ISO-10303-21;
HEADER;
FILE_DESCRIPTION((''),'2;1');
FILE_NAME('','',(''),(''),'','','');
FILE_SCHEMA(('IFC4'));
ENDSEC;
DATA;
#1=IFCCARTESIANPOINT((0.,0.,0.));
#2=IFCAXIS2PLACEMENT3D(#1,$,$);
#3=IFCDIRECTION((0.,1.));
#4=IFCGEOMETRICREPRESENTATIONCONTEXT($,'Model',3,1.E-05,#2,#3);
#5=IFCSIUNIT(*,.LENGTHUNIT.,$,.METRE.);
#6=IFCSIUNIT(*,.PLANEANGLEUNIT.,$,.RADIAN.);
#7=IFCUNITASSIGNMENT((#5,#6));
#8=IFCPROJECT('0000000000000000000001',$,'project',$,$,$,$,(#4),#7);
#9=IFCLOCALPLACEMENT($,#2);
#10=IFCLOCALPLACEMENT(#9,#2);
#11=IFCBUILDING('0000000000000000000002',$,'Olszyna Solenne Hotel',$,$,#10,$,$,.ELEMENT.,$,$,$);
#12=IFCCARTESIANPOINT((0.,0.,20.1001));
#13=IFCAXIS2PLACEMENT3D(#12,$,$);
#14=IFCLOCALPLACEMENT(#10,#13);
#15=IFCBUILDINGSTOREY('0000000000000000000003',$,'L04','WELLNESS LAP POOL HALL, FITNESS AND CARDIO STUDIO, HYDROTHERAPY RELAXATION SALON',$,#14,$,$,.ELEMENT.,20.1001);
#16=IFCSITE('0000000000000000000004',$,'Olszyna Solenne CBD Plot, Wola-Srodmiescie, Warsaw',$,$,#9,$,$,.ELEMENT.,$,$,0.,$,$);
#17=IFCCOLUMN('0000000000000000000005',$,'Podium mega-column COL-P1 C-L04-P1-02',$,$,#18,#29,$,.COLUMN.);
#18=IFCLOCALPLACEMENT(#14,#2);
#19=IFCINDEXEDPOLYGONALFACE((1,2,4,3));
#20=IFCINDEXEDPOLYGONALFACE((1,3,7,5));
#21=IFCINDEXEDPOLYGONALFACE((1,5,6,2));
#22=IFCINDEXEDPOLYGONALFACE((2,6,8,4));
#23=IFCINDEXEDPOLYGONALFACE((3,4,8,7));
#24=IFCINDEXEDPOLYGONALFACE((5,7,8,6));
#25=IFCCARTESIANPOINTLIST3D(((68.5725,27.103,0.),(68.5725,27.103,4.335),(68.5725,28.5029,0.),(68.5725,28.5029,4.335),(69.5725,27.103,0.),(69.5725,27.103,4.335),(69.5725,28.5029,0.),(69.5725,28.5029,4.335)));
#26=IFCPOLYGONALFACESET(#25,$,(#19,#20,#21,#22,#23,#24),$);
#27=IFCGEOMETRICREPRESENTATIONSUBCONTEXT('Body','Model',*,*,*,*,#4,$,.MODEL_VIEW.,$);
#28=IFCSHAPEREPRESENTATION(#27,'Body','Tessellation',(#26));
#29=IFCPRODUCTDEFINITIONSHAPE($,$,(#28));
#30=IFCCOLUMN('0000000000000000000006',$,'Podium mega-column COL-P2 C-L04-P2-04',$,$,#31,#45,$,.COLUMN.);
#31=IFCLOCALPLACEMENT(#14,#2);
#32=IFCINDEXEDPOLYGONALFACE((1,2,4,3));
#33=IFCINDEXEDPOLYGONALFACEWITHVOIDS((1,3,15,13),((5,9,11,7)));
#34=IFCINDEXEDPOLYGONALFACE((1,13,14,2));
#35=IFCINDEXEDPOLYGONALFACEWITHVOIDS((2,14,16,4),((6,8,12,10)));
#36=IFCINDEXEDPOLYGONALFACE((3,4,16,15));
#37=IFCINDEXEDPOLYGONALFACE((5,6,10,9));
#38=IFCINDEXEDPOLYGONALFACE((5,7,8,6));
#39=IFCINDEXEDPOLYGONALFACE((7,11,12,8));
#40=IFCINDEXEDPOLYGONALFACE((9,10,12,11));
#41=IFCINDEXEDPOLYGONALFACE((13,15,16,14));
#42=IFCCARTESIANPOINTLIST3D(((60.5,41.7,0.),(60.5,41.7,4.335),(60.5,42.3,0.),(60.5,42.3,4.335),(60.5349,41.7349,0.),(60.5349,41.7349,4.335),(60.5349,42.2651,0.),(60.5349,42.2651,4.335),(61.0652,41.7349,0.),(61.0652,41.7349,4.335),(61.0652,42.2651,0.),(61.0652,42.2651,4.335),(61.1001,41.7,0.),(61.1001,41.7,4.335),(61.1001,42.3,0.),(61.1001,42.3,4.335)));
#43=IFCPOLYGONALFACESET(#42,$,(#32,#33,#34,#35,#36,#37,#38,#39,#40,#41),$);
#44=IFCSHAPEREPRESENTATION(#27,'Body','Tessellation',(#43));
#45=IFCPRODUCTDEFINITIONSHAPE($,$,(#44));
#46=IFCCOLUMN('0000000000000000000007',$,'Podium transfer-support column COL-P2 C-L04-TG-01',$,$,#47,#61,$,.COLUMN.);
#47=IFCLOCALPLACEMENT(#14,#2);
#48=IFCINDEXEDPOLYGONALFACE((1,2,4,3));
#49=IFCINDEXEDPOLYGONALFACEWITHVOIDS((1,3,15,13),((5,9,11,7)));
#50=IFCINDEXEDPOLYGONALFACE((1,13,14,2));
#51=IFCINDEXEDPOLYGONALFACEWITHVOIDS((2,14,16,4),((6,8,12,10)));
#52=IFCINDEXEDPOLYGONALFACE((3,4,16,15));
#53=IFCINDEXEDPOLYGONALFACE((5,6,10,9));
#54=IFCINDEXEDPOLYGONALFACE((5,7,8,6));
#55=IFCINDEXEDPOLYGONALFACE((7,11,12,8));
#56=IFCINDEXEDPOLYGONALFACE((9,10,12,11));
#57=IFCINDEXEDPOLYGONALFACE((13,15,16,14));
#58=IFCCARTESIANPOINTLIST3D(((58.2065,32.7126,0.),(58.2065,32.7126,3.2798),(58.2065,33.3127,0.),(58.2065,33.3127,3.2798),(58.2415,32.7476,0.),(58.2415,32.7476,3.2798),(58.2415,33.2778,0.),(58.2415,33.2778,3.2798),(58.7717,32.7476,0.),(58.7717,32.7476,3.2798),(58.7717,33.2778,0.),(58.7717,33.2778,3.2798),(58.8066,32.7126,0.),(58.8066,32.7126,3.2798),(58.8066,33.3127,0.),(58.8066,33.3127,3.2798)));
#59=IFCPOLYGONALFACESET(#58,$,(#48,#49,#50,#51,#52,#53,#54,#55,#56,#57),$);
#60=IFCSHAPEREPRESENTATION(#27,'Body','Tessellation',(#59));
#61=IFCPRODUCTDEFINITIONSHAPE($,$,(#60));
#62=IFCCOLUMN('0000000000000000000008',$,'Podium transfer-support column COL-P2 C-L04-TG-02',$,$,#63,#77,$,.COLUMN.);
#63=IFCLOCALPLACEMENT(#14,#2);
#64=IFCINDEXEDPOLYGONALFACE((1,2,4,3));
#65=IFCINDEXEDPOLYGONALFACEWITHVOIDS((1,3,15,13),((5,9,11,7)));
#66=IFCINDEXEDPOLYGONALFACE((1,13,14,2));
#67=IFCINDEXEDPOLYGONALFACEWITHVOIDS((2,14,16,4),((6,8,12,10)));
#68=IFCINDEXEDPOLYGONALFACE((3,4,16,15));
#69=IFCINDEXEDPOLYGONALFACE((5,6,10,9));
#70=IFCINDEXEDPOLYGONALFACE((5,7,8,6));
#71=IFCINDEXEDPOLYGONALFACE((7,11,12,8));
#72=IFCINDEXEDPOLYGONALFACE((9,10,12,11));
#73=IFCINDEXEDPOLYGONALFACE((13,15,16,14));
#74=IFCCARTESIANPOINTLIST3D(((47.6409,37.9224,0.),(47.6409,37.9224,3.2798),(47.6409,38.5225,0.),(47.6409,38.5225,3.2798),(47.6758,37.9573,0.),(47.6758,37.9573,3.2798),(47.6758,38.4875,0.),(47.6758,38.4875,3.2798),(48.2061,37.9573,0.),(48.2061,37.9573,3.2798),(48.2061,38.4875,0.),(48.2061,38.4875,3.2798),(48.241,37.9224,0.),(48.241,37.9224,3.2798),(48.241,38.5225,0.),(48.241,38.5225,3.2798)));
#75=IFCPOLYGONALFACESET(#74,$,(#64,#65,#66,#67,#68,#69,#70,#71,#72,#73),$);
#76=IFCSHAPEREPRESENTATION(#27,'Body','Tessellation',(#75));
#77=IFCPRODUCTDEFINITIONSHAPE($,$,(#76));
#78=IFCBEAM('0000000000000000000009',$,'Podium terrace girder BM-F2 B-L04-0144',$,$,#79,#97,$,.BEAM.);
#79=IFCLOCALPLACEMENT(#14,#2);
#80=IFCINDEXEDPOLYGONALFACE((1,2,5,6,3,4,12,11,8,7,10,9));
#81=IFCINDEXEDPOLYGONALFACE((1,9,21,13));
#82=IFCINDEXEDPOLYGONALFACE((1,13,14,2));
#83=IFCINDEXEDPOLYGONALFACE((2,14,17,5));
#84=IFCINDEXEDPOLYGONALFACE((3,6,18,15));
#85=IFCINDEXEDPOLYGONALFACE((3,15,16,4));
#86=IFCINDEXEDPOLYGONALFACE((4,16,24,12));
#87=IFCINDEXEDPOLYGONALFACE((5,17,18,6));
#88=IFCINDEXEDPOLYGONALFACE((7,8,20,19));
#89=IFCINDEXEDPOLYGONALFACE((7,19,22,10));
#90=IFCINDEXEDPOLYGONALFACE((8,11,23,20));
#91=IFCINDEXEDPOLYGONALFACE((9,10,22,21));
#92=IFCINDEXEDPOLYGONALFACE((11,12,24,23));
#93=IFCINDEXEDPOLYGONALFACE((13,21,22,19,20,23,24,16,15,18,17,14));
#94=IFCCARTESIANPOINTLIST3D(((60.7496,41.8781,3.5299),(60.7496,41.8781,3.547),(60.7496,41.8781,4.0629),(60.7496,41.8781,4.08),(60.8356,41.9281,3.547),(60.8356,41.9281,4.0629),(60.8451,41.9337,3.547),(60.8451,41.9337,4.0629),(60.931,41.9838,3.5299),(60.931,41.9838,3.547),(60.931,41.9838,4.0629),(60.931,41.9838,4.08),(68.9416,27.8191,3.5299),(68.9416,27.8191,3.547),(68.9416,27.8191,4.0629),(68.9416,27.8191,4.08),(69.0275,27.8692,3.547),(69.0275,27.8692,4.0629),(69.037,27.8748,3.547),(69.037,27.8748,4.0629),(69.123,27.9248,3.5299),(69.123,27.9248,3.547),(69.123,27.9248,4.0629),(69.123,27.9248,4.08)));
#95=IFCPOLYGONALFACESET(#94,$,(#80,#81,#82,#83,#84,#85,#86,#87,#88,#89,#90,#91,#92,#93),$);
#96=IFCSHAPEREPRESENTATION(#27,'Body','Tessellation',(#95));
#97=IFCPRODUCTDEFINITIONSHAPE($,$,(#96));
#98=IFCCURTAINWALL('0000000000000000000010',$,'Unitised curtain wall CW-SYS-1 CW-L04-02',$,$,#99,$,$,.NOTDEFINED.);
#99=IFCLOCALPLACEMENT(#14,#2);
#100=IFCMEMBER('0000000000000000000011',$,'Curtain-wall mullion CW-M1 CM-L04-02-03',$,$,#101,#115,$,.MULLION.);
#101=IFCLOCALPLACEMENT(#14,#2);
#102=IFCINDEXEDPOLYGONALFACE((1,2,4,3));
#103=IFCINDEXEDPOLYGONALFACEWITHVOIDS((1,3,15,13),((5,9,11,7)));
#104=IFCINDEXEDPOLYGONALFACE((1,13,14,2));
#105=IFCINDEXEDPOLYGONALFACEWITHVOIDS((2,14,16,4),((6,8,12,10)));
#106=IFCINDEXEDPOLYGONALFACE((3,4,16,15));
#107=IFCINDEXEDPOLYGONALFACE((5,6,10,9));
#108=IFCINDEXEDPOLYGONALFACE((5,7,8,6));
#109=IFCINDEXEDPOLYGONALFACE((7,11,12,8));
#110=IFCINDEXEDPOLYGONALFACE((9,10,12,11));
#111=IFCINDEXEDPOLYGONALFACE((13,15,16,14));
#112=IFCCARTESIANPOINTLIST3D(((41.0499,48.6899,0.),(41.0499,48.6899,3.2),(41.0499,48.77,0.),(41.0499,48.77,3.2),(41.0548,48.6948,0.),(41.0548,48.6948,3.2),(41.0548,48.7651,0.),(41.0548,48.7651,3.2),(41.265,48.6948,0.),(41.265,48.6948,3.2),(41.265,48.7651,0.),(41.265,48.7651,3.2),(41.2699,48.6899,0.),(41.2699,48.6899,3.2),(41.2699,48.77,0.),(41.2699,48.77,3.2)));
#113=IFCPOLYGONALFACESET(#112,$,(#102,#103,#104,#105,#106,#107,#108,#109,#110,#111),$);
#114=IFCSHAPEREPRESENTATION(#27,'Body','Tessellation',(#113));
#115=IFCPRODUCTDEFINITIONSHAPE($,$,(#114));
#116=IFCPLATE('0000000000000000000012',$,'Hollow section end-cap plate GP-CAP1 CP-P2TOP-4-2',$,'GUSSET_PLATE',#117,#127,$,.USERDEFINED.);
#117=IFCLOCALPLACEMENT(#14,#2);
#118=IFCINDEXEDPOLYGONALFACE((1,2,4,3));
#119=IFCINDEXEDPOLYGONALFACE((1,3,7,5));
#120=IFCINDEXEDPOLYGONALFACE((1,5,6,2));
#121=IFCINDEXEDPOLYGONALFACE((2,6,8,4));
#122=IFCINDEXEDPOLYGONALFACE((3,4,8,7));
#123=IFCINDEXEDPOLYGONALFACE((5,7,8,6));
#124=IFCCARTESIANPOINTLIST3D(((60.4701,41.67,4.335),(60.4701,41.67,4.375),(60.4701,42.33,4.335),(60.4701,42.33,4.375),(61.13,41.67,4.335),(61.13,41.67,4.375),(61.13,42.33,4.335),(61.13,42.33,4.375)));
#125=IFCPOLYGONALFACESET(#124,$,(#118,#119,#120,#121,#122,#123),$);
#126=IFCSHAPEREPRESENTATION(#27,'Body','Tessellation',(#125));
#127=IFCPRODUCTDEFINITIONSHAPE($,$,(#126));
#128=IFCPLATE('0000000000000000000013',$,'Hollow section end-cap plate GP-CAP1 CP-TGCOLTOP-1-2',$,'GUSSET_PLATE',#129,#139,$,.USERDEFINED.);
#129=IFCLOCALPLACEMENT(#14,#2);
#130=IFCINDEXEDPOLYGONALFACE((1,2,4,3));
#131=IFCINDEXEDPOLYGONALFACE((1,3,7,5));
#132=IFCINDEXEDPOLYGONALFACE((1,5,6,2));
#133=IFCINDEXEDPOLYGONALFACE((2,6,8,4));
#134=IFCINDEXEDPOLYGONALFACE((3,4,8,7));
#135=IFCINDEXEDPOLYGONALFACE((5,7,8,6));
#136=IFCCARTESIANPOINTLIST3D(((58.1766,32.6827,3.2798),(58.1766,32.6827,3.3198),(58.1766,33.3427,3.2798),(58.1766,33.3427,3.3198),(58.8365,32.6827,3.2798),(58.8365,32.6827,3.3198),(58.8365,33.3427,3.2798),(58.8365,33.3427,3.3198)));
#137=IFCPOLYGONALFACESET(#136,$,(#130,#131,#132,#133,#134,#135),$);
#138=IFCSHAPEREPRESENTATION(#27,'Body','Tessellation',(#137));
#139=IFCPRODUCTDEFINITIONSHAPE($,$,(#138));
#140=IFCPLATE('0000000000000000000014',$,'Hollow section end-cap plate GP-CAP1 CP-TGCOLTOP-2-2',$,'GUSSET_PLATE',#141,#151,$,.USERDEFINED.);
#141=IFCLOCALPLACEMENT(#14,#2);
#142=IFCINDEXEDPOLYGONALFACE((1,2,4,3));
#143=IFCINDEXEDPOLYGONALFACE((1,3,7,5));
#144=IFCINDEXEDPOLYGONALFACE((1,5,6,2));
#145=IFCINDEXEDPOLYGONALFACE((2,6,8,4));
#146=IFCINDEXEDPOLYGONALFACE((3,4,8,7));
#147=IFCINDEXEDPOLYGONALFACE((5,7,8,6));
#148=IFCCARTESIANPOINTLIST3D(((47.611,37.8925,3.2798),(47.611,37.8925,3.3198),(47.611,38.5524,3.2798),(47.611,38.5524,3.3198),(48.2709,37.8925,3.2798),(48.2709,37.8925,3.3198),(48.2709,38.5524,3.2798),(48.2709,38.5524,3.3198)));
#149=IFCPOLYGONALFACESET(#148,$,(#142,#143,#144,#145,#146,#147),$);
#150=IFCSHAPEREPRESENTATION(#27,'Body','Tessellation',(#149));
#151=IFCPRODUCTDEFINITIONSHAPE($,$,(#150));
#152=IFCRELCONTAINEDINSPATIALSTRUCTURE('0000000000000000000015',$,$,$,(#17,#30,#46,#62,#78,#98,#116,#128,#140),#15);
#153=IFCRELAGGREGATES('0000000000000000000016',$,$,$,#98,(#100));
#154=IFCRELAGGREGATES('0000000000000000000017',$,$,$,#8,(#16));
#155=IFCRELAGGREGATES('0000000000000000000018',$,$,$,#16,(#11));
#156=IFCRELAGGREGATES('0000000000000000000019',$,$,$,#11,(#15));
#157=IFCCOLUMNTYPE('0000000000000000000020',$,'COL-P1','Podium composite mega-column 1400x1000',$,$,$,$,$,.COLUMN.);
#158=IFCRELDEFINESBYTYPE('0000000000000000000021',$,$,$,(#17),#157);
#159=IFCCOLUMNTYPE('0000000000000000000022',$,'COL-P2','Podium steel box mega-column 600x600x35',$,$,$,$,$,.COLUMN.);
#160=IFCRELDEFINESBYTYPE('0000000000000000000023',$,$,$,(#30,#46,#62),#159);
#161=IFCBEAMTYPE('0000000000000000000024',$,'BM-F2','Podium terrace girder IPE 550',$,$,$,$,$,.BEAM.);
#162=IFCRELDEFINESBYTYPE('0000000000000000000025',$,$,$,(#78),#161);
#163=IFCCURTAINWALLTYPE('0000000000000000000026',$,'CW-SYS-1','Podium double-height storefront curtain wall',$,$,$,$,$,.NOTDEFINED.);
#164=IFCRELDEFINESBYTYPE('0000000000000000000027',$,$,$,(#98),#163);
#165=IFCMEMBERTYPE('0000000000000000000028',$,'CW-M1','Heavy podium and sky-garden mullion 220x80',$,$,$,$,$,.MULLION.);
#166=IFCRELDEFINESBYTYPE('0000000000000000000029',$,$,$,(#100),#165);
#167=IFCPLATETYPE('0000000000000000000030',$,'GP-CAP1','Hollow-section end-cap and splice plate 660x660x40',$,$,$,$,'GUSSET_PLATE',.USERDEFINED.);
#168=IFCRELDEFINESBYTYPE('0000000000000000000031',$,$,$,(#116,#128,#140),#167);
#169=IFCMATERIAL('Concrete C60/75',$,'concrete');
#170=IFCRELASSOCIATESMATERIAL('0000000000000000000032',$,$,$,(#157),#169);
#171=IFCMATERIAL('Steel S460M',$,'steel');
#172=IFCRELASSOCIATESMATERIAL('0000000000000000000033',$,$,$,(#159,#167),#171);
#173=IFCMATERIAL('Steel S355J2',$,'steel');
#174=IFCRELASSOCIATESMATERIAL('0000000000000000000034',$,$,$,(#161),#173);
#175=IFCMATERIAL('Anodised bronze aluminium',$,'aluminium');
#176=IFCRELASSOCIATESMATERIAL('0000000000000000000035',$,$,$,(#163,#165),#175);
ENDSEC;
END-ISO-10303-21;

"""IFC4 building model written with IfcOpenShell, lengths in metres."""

from ifc_helpers import new_model, si_unit, direction, frame, origin, origin_2d, place, context, subcontext, project, spatial, rectangle, hollow_rectangle, i_section, extrude, source, transform, mapped, material, material_profile, profile_set, type_object, element, aggregate, save


model = new_model("IFC4")

# Units and contexts
model_context = context("Model", 3, precision=1e-05, world=origin(), true_north=direction((0.0, 1.0)))
body_context = subcontext(model_context, "Body", "Model", "MODEL_VIEW")
ifc_project = project(units=[si_unit("LENGTHUNIT", "METRE"), si_unit("PLANEANGLEUNIT", "RADIAN")], contexts=[model_context])

# Site, building, storey
site_placement = place(None, origin())
site = spatial("IfcSite", under=ifc_project, at=site_placement, Name="Olszyna Solenne CBD Plot, Wola-Srodmiescie, Warsaw", CompositionType="ELEMENT", RefElevation=0.0)
building_placement = place(site_placement, origin())
building = spatial("IfcBuilding", under=site, at=building_placement, Name="Olszyna Solenne Hotel", CompositionType="ELEMENT")
storey_placement = place(building_placement, frame((0.0, 0.0, 20.1001)))
storey = spatial("IfcBuildingStorey", under=building, at=storey_placement, Name="L04", Description="WELLNESS LAP POOL HALL, FITNESS AND CARDIO STUDIO, HYDROTHERAPY RELAXATION SALON", CompositionType="ELEMENT", Elevation=20.1001)

# Columns
ifc_material_1 = material(Name="Concrete C60/75", Category="concrete")
ifc_material_profile_1 = material_profile(ifc_material_1, rectangle(XDim=1.0, YDim=1.3999, at=origin_2d()), Name="RC 1400x1000", Category="load-bearing")
ifc_profile_set_1 = profile_set([ifc_material_profile_1], Name="Concrete C60/75")
column_type_1 = type_object("IfcColumnType", Name="COL-P1", Description="Podium composite mega-column 1400x1000", PredefinedType="COLUMN", material=ifc_profile_set_1)
shared_shape_1 = source(origin(), body_context, "Body", "SweptSolid", [
    extrude(rectangle(XDim=1.0, YDim=1.3999, at=origin_2d()), origin(), (0.0, 0.0, 1.0), 4.335),
])
column_1_placement = place(storey_placement, frame((69.0725, 27.803, 0.0), z_axis=(0.0, 0.0, 1.0), x_axis=(1.0, 0.0, 0.0)))
element("IfcColumn", 1, at=column_1_placement, inside=storey, type_object=column_type_1, Name="Podium mega-column COL-P1 C-L04-P1-02", PredefinedType="COLUMN", context=body_context, shape_type="MappedRepresentation", body=[
    mapped(shared_shape_1, transform((0.0, 0.0, 0.0), x_axis=(1.0, 0.0, 0.0), y_axis=(0.0, 1.0, 0.0), z_axis=(0.0, 0.0, 1.0), scale=1.0)),
])
ifc_material_2 = material(Name="Steel S460M", Category="steel")
ifc_material_profile_2 = material_profile(ifc_material_2, hollow_rectangle(XDim=0.6001, YDim=0.6001, WallThickness=0.0349, at=origin_2d()), Name="SHS 600x600x35", Category="load-bearing")
ifc_profile_set_2 = profile_set([ifc_material_profile_2], Name="Steel S460M")
column_type_2 = type_object("IfcColumnType", Name="COL-P2", Description="Podium steel box mega-column 600x600x35", PredefinedType="COLUMN", material=ifc_profile_set_2)
shared_shape_2 = source(origin(), body_context, "Body", "SweptSolid", [
    extrude(hollow_rectangle(XDim=0.6001, YDim=0.6001, WallThickness=0.0349, at=origin_2d()), origin(), (0.0, 0.0, 1.0), 4.335),
])
column_2_placement = place(storey_placement, frame((60.8, 42.0, 0.0), z_axis=(0.0, 0.0, 1.0), x_axis=(1.0, 0.0, 0.0)))
element("IfcColumn", 2, at=column_2_placement, inside=storey, type_object=column_type_2, Name="Podium mega-column COL-P2 C-L04-P2-04", PredefinedType="COLUMN", context=body_context, shape_type="MappedRepresentation", body=[
    mapped(shared_shape_2, transform((0.0, 0.0, 0.0), x_axis=(1.0, 0.0, 0.0), y_axis=(0.0, 1.0, 0.0), z_axis=(0.0, 0.0, 1.0), scale=1.0)),
])
shared_shape_3 = source(origin(), body_context, "Body", "SweptSolid", [
    extrude(hollow_rectangle(XDim=0.6001, YDim=0.6001, WallThickness=0.0349, at=origin_2d()), origin(), (0.0, 0.0, 1.0), 3.2798),
])
for number, where, z_axis, x_axis, name in (
    (3, (58.5066, 33.0127, 0.0), (0.0, 0.0, 1.0), (1.0, 0.0, 0.0), "Podium transfer-support column COL-P2 C-L04-TG-01"),
    (4, (47.9409, 38.2224, 0.0), (0.0, 0.0, 1.0), (1.0, 0.0, 0.0), "Podium transfer-support column COL-P2 C-L04-TG-02"),
):
    element("IfcColumn", number, at=place(storey_placement, frame(where, z_axis=z_axis, x_axis=x_axis)), inside=storey, type_object=column_type_2, Name=name, PredefinedType="COLUMN", context=body_context, shape_type="MappedRepresentation", body=[
        mapped(shared_shape_3, transform((0.0, 0.0, 0.0), x_axis=(1.0, 0.0, 0.0), y_axis=(0.0, 1.0, 0.0), z_axis=(0.0, 0.0, 1.0), scale=1.0)),
    ])

# Beam
ifc_material_3 = material(Name="Steel S355J2", Category="steel")
ifc_material_profile_3 = material_profile(ifc_material_3, i_section(OverallWidth=0.21, OverallDepth=0.55, WebThickness=0.011, FlangeThickness=0.0171, at=origin_2d()), Name="IPE 550", Category="load-bearing")
ifc_profile_set_3 = profile_set([ifc_material_profile_3], Name="Steel S355J2")
beam_type = type_object("IfcBeamType", Name="BM-F2", Description="Podium terrace girder IPE 550", PredefinedType="BEAM", material=ifc_profile_set_3)
shared_shape_4 = source(origin(), body_context, "Body", "SweptSolid", [
    extrude(i_section(OverallWidth=0.21, OverallDepth=0.55, WebThickness=0.011, FlangeThickness=0.0171, at=origin_2d()), origin(), (0.0, 0.0, 1.0), 16.2715),
])
beam_placement = place(storey_placement, frame((60.8403, 41.9309, 3.8049), z_axis=(0.503454, -0.864022, 0.0), x_axis=(0.864022, 0.503454, 0.0)))
element("IfcBeam", 5, at=beam_placement, inside=storey, type_object=beam_type, Name="Podium terrace girder BM-F2 B-L04-0144", PredefinedType="BEAM", context=body_context, shape_type="MappedRepresentation", body=[
    mapped(shared_shape_4, transform((0.0, 0.0, 0.0), x_axis=(1.0, 0.0, 0.0), y_axis=(0.0, 1.0, 0.0), z_axis=(0.0, 0.0, 1.0), scale=1.0)),
])

# Curtain wall, member
ifc_material_4 = material(Name="Anodised bronze aluminium", Category="aluminium")
curtain_wall_type = type_object("IfcCurtainWallType", Name="CW-SYS-1", Description="Podium double-height storefront curtain wall", PredefinedType="NOTDEFINED", material=ifc_material_4)
curtain_wall_placement = place(storey_placement, origin())
curtain_wall = element("IfcCurtainWall", 6, at=curtain_wall_placement, inside=storey, type_object=curtain_wall_type, Name="Unitised curtain wall CW-SYS-1 CW-L04-02", PredefinedType="NOTDEFINED")
ifc_material_profile_4 = material_profile(ifc_material_4, hollow_rectangle(XDim=0.0801, YDim=0.22, WallThickness=0.0049, at=origin_2d()), Name="MULL 220x80x5", Category="load-bearing")
ifc_profile_set_4 = profile_set([ifc_material_profile_4], Name="Anodised bronze aluminium")
member_type = type_object("IfcMemberType", Name="CW-M1", Description="Heavy podium and sky-garden mullion 220x80", PredefinedType="MULLION", material=ifc_profile_set_4)
shared_shape_5 = source(origin(), body_context, "Body", "SweptSolid", [
    extrude(hollow_rectangle(XDim=0.0801, YDim=0.22, WallThickness=0.0049, at=origin_2d()), origin(), (0.0, 0.0, 1.0), 3.2),
])
member_placement = place(storey_placement, frame((41.1599, 48.73, 0.0), z_axis=(0.0, 0.0, 1.0), x_axis=(0.0, 1.0, 0.0)))
member = element("IfcMember", 7, at=member_placement, type_object=member_type, Name="Curtain-wall mullion CW-M1 CM-L04-02-03", PredefinedType="MULLION", context=body_context, shape_type="MappedRepresentation", body=[
    mapped(shared_shape_5, transform((0.0, 0.0, 0.0), x_axis=(1.0, 0.0, 0.0), y_axis=(0.0, 1.0, 0.0), z_axis=(0.0, 0.0, 1.0), scale=1.0)),
])
aggregate(curtain_wall, [member])

# Plates
plate_type = type_object("IfcPlateType", Name="GP-CAP1", Description="Hollow-section end-cap and splice plate 660x660x40", ElementType="GUSSET_PLATE", PredefinedType="USERDEFINED", material=ifc_material_2)
shared_shape_6 = source(origin(), body_context, "Body", "SweptSolid", [
    extrude(rectangle(XDim=0.6599, YDim=0.6599, at=origin_2d()), origin(), (0.0, 0.0, 1.0), 0.04),
])
for number, where, z_axis, x_axis, name in (
    (8, (60.8, 42.0, 4.335), (0.0, 0.0, 1.0), (1.0, 0.0, 0.0), "Hollow section end-cap plate GP-CAP1 CP-P2TOP-4-2"),
    (9, (58.5066, 33.0127, 3.2798), (0.0, 0.0, 1.0), (1.0, 0.0, 0.0), "Hollow section end-cap plate GP-CAP1 CP-TGCOLTOP-1-2"),
    (10, (47.9409, 38.2224, 3.2798), (0.0, 0.0, 1.0), (1.0, 0.0, 0.0), "Hollow section end-cap plate GP-CAP1 CP-TGCOLTOP-2-2"),
):
    element("IfcPlate", number, at=place(storey_placement, frame(where, z_axis=z_axis, x_axis=x_axis)), inside=storey, type_object=plate_type, Name=name, ObjectType="GUSSET_PLATE", PredefinedType="USERDEFINED", context=body_context, shape_type="MappedRepresentation", body=[
        mapped(shared_shape_6, transform((0.0, 0.0, 0.0), x_axis=(1.0, 0.0, 0.0), y_axis=(0.0, 1.0, 0.0), z_axis=(0.0, 0.0, 1.0), scale=1.0)),
    ])

save(model, "model.ifc")
